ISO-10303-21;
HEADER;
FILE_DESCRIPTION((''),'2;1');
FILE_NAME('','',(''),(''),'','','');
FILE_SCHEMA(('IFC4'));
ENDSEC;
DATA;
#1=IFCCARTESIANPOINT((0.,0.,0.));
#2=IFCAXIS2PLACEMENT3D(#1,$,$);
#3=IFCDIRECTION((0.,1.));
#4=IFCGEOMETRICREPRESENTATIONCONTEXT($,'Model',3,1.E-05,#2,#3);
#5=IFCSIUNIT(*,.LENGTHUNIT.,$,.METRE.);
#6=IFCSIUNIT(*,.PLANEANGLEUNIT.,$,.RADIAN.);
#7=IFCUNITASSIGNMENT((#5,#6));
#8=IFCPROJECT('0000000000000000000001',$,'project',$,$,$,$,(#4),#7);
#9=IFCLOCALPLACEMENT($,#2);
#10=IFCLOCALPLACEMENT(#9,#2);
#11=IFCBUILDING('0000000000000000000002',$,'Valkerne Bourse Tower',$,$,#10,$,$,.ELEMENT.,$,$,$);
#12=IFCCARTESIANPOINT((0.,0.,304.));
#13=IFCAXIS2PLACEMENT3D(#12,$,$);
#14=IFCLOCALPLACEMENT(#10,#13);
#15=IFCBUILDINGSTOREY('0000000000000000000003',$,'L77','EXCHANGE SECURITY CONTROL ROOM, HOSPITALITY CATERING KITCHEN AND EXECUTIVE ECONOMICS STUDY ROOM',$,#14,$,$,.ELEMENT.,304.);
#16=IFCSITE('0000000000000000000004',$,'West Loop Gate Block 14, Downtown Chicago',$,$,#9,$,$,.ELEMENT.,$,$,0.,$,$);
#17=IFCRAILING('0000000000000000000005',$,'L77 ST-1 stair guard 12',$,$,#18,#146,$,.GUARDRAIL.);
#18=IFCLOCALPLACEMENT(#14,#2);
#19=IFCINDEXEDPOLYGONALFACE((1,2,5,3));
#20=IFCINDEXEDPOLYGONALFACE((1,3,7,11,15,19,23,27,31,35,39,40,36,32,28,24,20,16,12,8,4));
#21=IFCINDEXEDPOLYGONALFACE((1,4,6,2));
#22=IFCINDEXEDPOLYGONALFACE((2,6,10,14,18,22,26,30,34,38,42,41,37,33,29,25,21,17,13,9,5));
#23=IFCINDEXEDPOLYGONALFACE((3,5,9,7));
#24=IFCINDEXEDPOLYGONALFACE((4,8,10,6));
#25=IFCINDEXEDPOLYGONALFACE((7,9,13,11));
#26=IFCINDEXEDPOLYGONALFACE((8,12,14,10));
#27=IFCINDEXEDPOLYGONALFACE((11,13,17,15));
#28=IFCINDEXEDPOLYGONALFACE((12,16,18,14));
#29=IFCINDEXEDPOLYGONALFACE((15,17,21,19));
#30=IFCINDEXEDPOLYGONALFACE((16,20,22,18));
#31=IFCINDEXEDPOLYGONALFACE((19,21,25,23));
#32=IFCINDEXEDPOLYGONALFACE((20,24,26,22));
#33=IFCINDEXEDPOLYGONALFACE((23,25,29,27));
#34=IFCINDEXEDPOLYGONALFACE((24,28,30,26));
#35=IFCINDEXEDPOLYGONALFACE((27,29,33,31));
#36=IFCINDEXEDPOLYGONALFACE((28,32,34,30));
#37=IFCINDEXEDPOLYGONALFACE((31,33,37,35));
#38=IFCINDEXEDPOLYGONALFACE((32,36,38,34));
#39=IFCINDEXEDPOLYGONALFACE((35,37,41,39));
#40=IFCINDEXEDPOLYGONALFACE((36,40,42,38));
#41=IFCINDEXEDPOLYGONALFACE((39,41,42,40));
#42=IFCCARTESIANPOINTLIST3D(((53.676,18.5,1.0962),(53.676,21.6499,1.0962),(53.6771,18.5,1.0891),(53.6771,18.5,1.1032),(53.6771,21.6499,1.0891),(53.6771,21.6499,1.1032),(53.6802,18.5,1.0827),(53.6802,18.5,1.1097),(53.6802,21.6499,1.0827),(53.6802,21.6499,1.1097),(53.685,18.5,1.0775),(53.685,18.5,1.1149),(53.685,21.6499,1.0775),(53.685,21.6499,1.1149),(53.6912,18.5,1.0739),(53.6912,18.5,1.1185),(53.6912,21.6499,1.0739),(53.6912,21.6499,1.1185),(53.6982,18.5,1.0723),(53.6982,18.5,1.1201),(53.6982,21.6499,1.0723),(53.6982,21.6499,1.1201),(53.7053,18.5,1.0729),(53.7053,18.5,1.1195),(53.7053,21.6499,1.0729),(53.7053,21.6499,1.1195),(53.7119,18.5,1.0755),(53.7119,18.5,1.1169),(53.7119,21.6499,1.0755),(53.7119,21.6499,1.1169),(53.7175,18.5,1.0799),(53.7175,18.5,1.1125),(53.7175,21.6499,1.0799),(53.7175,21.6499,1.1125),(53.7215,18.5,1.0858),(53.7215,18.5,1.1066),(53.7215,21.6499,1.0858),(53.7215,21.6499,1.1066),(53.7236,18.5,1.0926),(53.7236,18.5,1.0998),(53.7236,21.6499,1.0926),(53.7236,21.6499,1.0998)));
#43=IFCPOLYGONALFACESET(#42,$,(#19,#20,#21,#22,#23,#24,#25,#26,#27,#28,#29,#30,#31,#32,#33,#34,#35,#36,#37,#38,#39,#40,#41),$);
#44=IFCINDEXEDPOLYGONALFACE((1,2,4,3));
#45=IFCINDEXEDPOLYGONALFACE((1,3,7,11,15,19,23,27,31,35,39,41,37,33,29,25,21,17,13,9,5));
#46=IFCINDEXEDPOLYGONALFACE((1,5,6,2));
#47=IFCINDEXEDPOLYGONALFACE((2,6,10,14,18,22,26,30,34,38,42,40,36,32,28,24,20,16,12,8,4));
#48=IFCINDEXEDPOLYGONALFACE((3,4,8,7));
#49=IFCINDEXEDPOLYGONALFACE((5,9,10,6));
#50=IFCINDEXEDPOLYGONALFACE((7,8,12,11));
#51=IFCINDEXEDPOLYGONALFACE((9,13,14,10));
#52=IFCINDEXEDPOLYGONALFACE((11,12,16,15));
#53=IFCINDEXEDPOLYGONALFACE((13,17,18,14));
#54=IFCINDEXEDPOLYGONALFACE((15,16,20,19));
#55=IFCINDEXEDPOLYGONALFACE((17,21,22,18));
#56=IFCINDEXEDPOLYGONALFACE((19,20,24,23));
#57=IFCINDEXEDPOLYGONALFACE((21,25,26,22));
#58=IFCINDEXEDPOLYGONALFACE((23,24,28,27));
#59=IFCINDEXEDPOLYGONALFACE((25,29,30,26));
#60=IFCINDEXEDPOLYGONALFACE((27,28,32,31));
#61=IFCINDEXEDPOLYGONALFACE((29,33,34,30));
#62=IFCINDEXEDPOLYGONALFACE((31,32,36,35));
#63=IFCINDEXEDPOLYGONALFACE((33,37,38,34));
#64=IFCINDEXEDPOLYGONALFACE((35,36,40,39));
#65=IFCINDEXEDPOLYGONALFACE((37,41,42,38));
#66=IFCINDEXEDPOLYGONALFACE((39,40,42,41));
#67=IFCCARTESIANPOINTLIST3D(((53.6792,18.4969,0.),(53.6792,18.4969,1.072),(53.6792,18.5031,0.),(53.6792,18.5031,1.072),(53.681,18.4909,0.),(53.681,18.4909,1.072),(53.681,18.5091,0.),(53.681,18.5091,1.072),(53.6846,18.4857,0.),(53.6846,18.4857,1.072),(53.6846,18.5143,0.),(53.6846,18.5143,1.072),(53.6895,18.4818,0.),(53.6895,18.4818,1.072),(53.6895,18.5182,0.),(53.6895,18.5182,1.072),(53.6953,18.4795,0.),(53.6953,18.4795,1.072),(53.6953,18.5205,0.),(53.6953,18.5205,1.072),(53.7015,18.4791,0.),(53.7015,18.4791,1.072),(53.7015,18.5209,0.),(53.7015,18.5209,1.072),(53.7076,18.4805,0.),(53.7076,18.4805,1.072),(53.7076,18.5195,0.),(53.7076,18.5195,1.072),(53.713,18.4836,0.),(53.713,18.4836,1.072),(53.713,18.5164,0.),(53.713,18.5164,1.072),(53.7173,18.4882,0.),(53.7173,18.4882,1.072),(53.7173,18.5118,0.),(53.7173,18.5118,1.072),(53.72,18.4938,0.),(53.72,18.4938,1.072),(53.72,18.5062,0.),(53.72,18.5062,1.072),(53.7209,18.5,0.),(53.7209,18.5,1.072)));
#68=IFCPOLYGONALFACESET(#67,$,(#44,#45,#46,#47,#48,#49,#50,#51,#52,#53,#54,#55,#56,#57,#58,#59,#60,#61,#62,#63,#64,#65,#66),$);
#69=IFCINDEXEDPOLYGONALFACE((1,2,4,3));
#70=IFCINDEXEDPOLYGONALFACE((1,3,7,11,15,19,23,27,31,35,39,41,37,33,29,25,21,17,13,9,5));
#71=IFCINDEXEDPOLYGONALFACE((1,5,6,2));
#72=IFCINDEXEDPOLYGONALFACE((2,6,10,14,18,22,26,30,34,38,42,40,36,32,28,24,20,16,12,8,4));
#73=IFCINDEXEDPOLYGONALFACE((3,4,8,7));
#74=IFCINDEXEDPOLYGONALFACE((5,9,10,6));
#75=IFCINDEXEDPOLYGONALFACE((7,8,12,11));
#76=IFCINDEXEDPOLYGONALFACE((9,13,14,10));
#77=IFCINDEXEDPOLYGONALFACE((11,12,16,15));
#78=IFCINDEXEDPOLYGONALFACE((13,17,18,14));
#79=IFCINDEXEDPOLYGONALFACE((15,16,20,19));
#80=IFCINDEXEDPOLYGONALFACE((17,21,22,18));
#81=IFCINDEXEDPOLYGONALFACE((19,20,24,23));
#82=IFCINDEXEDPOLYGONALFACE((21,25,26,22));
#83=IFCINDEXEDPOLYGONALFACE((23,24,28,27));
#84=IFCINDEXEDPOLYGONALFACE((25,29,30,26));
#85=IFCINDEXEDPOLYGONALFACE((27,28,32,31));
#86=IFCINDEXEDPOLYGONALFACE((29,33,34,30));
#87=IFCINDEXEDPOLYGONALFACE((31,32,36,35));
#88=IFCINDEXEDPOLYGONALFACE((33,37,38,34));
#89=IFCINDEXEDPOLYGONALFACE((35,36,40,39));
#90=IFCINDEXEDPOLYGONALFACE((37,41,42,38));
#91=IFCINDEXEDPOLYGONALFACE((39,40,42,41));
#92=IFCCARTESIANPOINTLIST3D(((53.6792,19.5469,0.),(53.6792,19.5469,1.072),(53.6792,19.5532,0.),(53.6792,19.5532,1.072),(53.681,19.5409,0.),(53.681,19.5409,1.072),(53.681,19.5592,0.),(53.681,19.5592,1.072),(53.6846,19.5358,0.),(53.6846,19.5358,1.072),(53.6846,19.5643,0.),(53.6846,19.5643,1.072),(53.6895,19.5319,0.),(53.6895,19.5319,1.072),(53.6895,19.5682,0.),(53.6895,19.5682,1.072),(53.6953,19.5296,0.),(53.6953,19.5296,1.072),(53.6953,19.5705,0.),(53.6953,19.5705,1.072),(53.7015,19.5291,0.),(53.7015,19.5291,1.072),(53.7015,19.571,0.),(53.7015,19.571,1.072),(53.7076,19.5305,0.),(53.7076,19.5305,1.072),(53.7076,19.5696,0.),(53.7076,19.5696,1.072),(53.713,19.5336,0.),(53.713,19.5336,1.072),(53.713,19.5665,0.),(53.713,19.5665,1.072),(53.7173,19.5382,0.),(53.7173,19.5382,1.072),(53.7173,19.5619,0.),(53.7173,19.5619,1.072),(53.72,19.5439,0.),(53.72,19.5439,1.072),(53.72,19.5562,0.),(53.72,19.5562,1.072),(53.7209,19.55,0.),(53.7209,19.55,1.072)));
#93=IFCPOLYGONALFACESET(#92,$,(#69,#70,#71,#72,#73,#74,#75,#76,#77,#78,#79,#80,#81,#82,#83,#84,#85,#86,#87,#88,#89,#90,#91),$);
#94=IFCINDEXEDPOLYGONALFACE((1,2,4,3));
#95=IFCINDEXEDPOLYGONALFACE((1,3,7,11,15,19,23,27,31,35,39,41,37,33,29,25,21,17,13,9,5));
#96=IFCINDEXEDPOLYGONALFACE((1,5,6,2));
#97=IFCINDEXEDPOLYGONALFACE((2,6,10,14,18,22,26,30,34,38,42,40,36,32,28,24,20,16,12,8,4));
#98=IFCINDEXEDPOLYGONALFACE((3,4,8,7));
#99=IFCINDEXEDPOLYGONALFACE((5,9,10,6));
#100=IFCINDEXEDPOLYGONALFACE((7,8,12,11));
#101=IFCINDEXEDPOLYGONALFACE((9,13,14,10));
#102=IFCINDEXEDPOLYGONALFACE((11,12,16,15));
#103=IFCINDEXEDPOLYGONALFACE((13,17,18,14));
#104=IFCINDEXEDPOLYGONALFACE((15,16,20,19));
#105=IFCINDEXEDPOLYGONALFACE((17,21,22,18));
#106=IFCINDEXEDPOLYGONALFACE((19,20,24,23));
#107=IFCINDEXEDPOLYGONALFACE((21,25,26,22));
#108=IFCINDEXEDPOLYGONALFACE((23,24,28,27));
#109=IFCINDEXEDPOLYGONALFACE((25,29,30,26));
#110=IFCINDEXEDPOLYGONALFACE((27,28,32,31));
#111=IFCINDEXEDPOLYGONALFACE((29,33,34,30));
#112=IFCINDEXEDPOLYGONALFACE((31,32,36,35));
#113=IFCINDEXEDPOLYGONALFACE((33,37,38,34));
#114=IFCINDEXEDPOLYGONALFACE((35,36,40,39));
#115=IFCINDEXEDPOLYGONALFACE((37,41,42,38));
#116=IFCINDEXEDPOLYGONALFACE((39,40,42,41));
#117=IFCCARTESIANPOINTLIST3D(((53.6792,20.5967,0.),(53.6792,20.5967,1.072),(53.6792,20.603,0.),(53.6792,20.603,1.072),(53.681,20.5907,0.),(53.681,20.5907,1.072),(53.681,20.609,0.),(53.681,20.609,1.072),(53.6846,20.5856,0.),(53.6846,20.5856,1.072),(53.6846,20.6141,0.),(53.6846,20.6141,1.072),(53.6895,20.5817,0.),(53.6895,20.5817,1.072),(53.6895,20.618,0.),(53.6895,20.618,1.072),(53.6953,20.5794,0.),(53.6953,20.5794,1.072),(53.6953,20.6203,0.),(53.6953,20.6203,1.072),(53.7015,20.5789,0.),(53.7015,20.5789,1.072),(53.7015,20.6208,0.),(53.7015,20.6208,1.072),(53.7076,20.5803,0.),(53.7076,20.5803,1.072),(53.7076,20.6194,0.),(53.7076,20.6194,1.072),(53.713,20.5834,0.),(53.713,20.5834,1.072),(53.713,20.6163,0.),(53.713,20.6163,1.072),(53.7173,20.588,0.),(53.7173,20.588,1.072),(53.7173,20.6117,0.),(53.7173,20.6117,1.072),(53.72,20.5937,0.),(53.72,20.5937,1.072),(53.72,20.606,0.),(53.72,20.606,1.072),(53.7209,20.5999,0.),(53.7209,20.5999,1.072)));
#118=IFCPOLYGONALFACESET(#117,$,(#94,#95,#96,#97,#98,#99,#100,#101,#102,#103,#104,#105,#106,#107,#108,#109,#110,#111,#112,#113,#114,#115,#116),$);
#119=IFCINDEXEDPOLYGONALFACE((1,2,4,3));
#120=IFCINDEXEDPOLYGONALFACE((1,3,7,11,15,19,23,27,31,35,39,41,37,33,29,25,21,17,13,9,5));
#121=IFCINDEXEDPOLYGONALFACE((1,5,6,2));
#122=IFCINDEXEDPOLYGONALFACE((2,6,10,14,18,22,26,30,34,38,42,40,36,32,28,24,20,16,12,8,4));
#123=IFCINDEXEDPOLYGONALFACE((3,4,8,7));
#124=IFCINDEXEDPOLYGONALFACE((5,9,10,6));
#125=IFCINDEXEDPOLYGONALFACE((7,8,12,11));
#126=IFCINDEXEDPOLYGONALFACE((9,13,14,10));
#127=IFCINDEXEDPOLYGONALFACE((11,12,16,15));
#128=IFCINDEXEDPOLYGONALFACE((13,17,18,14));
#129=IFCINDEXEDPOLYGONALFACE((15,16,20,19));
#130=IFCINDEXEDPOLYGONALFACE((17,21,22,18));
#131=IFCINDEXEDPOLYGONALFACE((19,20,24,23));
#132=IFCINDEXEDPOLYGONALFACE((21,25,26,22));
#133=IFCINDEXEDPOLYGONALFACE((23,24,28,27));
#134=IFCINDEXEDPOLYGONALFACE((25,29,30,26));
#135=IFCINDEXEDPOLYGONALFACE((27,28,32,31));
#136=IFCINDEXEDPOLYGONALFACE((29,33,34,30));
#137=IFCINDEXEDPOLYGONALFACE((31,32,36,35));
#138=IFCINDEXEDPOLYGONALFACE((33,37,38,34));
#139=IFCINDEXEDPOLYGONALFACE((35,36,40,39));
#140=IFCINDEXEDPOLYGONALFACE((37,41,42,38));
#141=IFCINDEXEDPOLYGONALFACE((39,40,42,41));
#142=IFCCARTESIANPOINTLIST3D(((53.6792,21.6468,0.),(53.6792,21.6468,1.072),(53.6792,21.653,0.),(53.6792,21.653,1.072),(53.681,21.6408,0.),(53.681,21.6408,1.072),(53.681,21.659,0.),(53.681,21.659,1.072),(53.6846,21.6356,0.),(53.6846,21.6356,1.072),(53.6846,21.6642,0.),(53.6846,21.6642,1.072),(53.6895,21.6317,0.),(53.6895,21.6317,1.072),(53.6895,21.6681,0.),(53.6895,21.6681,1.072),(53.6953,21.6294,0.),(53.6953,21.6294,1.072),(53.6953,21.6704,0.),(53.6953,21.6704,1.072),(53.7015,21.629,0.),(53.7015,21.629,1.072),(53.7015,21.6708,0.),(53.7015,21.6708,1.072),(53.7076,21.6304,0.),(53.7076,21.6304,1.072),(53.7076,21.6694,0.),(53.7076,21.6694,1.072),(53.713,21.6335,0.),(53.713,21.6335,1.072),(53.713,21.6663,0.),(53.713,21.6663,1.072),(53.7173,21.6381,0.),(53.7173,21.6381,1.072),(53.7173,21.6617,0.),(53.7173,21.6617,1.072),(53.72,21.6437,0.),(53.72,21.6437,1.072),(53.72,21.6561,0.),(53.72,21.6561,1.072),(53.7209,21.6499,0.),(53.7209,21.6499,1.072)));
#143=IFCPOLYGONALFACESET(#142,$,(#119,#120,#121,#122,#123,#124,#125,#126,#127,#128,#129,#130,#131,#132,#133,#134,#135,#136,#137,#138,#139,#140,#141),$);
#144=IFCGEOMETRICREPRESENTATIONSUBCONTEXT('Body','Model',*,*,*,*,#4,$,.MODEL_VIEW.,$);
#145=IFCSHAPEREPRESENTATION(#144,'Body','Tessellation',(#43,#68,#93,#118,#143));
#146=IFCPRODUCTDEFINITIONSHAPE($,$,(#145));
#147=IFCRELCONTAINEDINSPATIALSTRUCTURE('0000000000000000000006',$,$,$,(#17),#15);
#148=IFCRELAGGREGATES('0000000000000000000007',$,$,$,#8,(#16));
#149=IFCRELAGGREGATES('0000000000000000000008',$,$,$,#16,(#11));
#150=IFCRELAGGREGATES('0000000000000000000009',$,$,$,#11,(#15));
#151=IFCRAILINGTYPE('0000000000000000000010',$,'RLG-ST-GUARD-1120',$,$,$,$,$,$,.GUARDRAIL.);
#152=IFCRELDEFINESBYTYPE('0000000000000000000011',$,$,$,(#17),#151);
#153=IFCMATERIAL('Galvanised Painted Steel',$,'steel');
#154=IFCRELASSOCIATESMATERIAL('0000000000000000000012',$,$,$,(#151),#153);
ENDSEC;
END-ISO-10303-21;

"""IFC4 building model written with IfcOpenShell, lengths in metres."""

from ifc_helpers import new_model, si_unit, direction, frame, origin, origin_2d, place, context, subcontext, project, spatial, circle, extrude, material, type_object, element, save


model = new_model("IFC4")

# Units and contexts
model_context = context("Model", 3, precision=1e-05, world=origin(), true_north=direction((0.0, 1.0)))
body_context = subcontext(model_context, "Body", "Model", "MODEL_VIEW")
ifc_project = project(units=[si_unit("LENGTHUNIT", "METRE"), si_unit("PLANEANGLEUNIT", "RADIAN")], contexts=[model_context])

# Site, building, storey
site_placement = place(None, origin())
site = spatial("IfcSite", under=ifc_project, at=site_placement, Name="West Loop Gate Block 14, Downtown Chicago", CompositionType="ELEMENT", RefElevation=0.0)
building_placement = place(site_placement, origin())
building = spatial("IfcBuilding", under=site, at=building_placement, Name="Valkerne Bourse Tower", CompositionType="ELEMENT")
storey_placement = place(building_placement, frame((0.0, 0.0, 304.0)))
storey = spatial("IfcBuildingStorey", under=building, at=storey_placement, Name="L77", Description="EXCHANGE SECURITY CONTROL ROOM, HOSPITALITY CATERING KITCHEN AND EXECUTIVE ECONOMICS STUDY ROOM", CompositionType="ELEMENT", Elevation=304.0)

# Railing
ifc_material_1 = material(Name="Galvanised Painted Steel", Category="steel")
railing_type_1 = type_object("IfcRailingType", Name="RLG-ST-GUARD-1120", PredefinedType="GUARDRAIL", material=ifc_material_1)
railing_1_placement = place(storey_placement, frame((53.7, 18.5, 0.0)))
element("IfcRailing", 1, at=railing_1_placement, inside=storey, type_object=railing_type_1, Name="L77 ST-1 stair guard 12", PredefinedType="GUARDRAIL", context=body_context, shape_type="SweptSolid", body=[
    extrude(circle(Radius=0.0239, at=origin_2d()), frame((0.0, 0.0, 1.0962), z_axis=(0.0, 1.0, 0.0), x_axis=(-1.0, 0.0, 0.0)), (0.0, 0.0, 1.0), 3.1499),
    extrude(circle(Radius=0.021, at=origin_2d()), origin(), (0.0, 0.0, 1.0), 1.072),
    extrude(circle(Radius=0.021, at=origin_2d()), frame((0.0, 1.05, 0.0)), (0.0, 0.0, 1.0), 1.072),
    extrude(circle(Radius=0.021, at=origin_2d()), frame((0.0, 2.0999, 0.0)), (0.0, 0.0, 1.0), 1.072),
    extrude(circle(Radius=0.021, at=origin_2d()), frame((0.0, 3.1499, 0.0)), (0.0, 0.0, 1.0), 1.072),
])

save(model, "model.ifc")
